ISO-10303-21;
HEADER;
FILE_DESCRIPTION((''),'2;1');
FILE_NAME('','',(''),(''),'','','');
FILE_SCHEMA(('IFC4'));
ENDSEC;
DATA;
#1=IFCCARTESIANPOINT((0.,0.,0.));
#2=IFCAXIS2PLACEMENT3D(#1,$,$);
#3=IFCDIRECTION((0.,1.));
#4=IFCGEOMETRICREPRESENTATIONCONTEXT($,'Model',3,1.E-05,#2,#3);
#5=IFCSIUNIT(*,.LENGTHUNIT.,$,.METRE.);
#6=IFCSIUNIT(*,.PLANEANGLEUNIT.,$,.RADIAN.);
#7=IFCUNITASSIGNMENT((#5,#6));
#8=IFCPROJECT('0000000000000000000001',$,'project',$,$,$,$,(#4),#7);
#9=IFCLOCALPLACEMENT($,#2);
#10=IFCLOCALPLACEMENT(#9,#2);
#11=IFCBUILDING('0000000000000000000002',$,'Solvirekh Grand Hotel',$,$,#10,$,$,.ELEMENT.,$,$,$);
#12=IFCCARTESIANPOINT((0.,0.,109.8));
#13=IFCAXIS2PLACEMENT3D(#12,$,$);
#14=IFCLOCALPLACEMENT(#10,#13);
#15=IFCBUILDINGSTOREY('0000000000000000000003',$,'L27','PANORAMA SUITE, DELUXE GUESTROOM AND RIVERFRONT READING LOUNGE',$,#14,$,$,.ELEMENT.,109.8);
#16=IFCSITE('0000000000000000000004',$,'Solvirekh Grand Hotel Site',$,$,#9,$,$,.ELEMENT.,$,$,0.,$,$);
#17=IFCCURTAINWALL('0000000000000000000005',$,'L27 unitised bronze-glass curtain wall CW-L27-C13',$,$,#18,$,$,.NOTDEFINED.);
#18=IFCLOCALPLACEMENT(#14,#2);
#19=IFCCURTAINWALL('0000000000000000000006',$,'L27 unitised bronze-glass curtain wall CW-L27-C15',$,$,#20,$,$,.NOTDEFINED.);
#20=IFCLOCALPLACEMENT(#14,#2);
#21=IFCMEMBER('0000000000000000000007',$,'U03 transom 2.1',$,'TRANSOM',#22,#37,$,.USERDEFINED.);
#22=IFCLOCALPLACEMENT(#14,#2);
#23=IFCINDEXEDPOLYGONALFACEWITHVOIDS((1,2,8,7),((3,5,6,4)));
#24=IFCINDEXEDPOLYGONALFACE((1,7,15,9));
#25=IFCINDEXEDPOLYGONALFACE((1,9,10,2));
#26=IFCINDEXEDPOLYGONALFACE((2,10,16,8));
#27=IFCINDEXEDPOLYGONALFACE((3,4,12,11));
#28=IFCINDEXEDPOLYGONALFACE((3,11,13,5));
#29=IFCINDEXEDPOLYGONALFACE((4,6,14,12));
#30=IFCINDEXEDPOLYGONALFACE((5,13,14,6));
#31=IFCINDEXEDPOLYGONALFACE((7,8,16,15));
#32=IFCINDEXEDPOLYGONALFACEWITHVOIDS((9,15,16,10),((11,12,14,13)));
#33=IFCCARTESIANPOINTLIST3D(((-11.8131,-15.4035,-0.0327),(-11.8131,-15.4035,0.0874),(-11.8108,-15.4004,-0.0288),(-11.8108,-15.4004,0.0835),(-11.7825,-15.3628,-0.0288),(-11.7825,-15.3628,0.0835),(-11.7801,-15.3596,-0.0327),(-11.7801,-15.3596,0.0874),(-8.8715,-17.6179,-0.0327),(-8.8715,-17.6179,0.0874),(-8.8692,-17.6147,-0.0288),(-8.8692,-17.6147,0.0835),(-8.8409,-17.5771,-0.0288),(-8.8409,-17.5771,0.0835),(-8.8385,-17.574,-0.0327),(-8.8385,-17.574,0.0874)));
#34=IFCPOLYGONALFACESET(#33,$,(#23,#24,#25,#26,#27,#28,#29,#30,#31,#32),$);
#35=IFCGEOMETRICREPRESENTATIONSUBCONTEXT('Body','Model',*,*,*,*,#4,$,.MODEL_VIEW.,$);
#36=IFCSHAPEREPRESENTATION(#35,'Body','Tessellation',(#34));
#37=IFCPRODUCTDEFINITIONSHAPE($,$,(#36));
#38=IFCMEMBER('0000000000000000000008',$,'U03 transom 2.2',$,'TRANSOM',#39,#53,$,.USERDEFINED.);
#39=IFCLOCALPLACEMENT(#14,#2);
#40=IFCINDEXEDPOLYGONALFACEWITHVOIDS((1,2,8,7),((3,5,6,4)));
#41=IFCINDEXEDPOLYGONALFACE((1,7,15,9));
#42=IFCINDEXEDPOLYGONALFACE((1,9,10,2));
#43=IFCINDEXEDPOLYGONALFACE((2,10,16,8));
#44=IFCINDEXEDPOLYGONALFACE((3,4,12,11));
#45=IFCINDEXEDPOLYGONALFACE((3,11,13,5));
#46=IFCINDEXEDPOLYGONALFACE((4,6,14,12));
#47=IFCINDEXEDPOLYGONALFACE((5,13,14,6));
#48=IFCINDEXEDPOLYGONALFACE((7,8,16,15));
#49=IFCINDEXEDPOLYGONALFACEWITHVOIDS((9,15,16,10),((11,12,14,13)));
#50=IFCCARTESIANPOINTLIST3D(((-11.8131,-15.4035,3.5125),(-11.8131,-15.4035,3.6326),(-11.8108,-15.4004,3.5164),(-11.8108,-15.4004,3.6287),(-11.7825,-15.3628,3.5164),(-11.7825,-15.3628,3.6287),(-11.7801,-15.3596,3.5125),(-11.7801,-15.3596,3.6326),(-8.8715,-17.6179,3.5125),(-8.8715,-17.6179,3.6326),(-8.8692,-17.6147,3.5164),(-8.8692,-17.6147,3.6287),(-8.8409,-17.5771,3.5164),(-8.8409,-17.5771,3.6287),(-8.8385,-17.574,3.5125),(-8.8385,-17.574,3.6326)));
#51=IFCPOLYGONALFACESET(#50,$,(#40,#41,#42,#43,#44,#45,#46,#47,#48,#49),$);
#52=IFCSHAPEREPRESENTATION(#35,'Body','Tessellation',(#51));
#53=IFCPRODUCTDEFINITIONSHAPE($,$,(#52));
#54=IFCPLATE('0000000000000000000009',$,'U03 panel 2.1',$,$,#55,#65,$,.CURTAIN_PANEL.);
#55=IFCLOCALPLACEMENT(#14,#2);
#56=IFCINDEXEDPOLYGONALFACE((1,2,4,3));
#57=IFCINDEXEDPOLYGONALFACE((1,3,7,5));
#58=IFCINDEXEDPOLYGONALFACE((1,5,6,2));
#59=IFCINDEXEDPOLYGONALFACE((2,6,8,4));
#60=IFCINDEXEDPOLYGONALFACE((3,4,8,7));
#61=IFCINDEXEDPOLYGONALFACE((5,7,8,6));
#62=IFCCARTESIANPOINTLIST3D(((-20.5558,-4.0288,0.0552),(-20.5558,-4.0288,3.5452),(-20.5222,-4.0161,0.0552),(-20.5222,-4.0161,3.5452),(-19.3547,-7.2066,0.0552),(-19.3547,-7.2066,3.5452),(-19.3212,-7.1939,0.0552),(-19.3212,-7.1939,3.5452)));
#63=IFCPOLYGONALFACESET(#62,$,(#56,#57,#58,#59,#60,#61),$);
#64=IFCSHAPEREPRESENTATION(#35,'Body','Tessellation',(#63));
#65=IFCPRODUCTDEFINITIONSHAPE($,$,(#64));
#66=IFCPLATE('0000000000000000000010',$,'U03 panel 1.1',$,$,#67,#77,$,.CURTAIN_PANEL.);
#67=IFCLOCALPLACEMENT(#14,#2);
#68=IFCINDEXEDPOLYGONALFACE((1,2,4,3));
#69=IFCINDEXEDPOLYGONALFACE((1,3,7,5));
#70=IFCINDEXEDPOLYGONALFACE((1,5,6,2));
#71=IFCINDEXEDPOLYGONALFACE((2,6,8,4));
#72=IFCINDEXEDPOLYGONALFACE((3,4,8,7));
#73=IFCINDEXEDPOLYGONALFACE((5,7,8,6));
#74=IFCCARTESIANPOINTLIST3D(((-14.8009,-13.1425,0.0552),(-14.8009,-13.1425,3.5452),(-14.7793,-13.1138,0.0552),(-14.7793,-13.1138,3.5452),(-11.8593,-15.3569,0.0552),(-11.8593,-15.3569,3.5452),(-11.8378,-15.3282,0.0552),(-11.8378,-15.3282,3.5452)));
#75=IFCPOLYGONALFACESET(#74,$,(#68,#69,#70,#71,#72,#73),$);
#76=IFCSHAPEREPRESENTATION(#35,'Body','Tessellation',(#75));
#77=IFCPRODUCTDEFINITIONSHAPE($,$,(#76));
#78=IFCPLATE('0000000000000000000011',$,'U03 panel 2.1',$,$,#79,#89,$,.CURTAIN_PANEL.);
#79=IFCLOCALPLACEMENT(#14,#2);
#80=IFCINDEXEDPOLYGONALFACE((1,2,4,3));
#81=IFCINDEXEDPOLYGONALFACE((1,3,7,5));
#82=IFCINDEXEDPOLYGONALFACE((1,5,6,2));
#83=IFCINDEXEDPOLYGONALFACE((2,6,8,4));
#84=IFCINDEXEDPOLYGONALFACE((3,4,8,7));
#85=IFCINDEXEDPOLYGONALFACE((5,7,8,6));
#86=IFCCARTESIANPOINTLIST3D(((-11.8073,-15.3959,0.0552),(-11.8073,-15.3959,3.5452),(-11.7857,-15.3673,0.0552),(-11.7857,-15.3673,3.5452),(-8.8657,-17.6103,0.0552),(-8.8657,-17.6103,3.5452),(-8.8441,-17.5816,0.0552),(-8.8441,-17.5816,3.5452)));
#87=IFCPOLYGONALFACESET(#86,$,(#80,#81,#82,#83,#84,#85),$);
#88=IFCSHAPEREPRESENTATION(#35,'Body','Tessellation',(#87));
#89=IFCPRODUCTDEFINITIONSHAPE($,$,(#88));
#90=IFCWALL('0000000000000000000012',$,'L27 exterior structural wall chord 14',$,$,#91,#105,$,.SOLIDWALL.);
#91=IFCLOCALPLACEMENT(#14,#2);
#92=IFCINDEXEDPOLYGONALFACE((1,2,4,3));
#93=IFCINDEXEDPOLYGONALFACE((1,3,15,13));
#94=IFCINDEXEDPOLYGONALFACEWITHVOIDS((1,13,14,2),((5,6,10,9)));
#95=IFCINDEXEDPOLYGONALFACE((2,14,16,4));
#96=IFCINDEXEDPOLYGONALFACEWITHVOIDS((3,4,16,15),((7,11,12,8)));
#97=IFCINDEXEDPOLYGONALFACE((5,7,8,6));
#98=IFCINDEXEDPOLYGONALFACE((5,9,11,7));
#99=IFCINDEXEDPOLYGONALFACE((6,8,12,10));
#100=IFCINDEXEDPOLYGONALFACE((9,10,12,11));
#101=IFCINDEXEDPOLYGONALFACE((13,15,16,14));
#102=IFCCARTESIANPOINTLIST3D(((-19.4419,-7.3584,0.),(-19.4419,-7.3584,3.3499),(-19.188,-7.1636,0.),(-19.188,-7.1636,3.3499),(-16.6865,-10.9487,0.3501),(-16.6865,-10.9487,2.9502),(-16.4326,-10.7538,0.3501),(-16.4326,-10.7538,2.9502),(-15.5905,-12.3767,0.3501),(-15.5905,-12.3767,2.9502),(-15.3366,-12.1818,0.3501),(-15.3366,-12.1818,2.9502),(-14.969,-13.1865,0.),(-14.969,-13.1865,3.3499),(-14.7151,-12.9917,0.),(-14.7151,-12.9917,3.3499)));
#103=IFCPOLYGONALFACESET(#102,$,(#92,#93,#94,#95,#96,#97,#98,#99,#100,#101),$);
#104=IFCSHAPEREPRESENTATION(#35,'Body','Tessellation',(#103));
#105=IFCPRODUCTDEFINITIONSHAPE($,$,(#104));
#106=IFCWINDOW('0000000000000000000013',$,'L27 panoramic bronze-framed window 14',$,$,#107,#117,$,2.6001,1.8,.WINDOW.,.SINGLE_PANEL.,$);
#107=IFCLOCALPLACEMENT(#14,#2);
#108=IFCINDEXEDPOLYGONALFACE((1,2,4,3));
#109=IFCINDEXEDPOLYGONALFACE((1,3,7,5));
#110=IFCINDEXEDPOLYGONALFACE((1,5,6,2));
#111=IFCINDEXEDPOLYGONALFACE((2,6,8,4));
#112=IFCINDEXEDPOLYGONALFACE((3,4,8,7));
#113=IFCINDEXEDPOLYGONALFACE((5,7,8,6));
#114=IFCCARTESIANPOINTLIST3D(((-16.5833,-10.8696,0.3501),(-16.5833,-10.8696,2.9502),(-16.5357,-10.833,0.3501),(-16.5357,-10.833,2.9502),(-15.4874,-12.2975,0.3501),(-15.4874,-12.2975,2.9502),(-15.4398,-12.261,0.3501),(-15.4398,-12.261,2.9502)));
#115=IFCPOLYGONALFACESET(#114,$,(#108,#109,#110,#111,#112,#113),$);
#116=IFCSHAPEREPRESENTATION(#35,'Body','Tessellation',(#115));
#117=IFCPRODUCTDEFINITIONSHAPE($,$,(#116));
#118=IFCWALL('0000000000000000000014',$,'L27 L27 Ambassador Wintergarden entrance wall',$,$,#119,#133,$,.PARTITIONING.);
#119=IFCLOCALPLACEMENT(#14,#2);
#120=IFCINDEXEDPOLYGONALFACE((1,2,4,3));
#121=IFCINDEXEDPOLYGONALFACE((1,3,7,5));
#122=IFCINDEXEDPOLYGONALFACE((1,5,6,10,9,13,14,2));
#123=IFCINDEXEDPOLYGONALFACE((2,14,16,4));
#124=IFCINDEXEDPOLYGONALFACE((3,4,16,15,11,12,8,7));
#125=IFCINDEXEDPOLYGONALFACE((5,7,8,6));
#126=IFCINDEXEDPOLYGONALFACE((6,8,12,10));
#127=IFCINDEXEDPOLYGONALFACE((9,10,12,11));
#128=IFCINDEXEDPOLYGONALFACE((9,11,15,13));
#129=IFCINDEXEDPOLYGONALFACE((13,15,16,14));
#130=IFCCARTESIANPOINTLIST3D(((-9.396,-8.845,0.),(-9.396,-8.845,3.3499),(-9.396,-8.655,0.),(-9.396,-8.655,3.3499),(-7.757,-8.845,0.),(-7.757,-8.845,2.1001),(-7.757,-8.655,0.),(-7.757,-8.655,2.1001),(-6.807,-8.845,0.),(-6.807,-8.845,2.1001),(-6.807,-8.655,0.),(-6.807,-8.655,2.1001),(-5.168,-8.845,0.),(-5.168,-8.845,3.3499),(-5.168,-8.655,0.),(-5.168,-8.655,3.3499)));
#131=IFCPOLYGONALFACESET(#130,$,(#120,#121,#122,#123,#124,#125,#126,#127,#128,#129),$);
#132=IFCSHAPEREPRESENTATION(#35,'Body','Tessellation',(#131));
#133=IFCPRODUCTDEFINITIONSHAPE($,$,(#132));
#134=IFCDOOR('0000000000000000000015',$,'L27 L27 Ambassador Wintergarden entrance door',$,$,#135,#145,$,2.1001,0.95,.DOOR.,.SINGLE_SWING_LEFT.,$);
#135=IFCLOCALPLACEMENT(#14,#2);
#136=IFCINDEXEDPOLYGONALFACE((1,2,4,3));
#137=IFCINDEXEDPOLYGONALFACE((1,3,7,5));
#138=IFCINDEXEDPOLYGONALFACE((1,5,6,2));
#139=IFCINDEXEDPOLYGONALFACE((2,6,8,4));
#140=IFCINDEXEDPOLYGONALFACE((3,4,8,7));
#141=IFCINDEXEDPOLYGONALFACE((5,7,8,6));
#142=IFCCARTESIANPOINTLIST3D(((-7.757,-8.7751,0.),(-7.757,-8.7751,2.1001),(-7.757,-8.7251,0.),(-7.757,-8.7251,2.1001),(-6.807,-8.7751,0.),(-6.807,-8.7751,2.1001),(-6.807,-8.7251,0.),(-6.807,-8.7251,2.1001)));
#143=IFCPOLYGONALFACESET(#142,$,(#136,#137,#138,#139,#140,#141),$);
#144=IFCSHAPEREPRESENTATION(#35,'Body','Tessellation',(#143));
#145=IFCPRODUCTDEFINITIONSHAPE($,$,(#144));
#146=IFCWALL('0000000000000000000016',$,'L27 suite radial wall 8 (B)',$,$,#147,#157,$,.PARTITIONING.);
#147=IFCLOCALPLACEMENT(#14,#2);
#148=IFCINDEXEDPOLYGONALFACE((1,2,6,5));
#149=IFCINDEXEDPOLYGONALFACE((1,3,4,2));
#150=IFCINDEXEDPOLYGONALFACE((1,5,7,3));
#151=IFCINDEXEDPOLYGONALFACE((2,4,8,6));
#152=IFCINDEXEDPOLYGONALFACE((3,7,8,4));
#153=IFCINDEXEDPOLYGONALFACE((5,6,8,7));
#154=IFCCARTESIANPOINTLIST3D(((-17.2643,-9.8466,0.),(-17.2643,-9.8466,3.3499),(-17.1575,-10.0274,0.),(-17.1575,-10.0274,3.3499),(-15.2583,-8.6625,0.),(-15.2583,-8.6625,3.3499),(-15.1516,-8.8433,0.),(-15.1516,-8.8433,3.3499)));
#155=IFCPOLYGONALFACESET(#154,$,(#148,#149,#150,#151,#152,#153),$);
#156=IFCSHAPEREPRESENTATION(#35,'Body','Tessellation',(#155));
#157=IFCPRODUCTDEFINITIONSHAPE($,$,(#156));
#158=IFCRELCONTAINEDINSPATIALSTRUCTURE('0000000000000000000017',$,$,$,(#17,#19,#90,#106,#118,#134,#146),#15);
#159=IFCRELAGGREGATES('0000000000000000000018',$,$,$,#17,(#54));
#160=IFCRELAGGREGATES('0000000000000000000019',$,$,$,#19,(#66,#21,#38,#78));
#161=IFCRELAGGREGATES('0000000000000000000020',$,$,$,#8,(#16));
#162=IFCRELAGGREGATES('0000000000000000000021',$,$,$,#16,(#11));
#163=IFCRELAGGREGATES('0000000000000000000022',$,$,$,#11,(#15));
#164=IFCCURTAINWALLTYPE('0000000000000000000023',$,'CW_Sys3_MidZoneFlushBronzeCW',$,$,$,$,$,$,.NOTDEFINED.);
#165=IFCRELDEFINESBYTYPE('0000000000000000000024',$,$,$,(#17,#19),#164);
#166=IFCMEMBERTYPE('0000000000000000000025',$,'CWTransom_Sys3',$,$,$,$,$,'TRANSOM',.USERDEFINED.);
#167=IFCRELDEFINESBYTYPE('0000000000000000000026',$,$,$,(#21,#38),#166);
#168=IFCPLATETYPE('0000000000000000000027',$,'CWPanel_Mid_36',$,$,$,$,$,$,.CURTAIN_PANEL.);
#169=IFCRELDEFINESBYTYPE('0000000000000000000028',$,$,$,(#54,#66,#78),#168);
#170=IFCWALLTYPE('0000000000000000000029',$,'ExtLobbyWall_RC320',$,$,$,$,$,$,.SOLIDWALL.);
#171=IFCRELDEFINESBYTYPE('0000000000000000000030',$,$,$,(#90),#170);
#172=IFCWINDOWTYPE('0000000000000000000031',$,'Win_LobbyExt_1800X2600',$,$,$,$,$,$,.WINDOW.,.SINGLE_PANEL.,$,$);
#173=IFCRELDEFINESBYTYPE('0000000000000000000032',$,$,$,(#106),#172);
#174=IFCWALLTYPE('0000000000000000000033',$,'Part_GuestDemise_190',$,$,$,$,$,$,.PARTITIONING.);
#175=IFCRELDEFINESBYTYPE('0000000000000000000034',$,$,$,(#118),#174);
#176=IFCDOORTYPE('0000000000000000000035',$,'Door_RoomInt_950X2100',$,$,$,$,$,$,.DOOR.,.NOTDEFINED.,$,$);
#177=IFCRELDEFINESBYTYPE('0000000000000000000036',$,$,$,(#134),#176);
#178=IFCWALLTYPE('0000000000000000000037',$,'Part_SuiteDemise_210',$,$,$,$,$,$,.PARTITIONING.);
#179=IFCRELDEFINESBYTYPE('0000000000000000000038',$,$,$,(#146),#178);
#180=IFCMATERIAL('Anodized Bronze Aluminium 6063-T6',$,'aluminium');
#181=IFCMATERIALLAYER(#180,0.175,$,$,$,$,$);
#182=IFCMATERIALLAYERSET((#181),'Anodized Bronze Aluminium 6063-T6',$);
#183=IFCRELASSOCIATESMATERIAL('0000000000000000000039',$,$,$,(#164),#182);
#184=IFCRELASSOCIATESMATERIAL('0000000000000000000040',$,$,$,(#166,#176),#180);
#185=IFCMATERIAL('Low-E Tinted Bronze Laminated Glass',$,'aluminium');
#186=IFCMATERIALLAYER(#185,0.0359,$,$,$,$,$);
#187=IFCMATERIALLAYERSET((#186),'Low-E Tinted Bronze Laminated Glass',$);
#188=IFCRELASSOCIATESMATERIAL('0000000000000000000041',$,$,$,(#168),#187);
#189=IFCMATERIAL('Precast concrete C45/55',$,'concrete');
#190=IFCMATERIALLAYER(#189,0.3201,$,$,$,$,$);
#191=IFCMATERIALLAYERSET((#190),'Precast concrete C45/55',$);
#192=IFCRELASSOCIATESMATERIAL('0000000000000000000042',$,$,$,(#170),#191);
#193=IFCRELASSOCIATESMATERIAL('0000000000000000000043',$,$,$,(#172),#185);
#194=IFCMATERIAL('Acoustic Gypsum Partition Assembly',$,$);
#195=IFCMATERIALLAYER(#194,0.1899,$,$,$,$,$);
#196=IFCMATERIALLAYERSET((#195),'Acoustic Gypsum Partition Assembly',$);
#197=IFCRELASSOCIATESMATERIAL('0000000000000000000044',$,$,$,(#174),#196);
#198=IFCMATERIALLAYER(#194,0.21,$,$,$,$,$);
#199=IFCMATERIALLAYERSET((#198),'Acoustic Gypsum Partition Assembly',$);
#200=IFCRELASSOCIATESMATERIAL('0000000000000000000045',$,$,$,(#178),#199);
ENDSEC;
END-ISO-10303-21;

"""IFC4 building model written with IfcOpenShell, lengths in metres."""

from ifc_helpers import new_model, si_unit, direction, frame, frame_2d, origin, origin_2d, place, context, subcontext, project, spatial, rectangle, hollow_rectangle, extrude, source, transform, mapped, material, layer, layer_set, material_profile, profile_set, type_object, element, fill, aggregate, save


model = new_model("IFC4")

# Units and contexts
model_context = context("Model", 3, precision=1e-05, world=origin(), true_north=direction((0.0, 1.0)))
body_context = subcontext(model_context, "Body", "Model", "MODEL_VIEW")
ifc_project = project(units=[si_unit("LENGTHUNIT", "METRE"), si_unit("PLANEANGLEUNIT", "RADIAN")], contexts=[model_context])

# Site, building, storey
site_placement = place(None, origin())
site = spatial("IfcSite", under=ifc_project, at=site_placement, Name="Solvirekh Grand Hotel Site", CompositionType="ELEMENT", RefElevation=0.0)
building_placement = place(site_placement, origin())
building = spatial("IfcBuilding", under=site, at=building_placement, Name="Solvirekh Grand Hotel", CompositionType="ELEMENT")
storey_placement = place(building_placement, frame((0.0, 0.0, 109.8)))
storey = spatial("IfcBuildingStorey", under=building, at=storey_placement, Name="L27", Description="PANORAMA SUITE, DELUXE GUESTROOM AND RIVERFRONT READING LOUNGE", CompositionType="ELEMENT", Elevation=109.8)

# Curtain wall
ifc_material_1 = material(Name="Anodized Bronze Aluminium 6063-T6", Category="aluminium")
ifc_layer_1 = layer(ifc_material_1, 0.175)
ifc_layer_set_1 = layer_set([ifc_layer_1], Name="Anodized Bronze Aluminium 6063-T6")
curtain_wall_type = type_object("IfcCurtainWallType", Name="CW_Sys3_MidZoneFlushBronzeCW", PredefinedType="NOTDEFINED", material=ifc_layer_set_1)
curtain_wall_1_placement = place(storey_placement, origin())
curtain_wall_1 = element("IfcCurtainWall", 1, at=curtain_wall_1_placement, inside=storey, type_object=curtain_wall_type, Name="L27 unitised bronze-glass curtain wall CW-L27-C13", PredefinedType="NOTDEFINED")

# Curtain wall, members
curtain_wall_2_placement = place(storey_placement, origin())
curtain_wall_2 = element("IfcCurtainWall", 2, at=curtain_wall_2_placement, inside=storey, type_object=curtain_wall_type, Name="L27 unitised bronze-glass curtain wall CW-L27-C15", PredefinedType="NOTDEFINED")
ifc_material_profile_1 = material_profile(ifc_material_1, hollow_rectangle(XDim=0.0549, YDim=0.1201, WallThickness=0.0039, at=origin_2d()), Name="ALU RHS 120X55X4")
ifc_profile_set_1 = profile_set([ifc_material_profile_1], Name="Anodized Bronze Aluminium 6063-T6")
member_type_1 = type_object("IfcMemberType", Name="CWTransom_Sys3", ElementType="TRANSOM", PredefinedType="USERDEFINED", material=ifc_profile_set_1)
shared_shape_1 = source(origin(), body_context, "Body", "SweptSolid", [
    extrude(hollow_rectangle(XDim=0.0549, YDim=0.1201, WallThickness=0.0039, at=origin_2d()), origin(), (0.0, 0.0, 1.0), 3.6819),
])
member_1_placement = place(storey_placement, frame((-11.7966, -15.3816, 0.0273), z_axis=(0.79894, -0.60141, 0.0), x_axis=(0.60141, 0.79894, 0.0)))
member_1 = element("IfcMember", 3, at=member_1_placement, type_object=member_type_1, Name="U03 transom 2.1", ObjectType="TRANSOM", PredefinedType="USERDEFINED", context=body_context, shape_type="MappedRepresentation", body=[
    mapped(shared_shape_1, transform((0.0, 0.0, 0.0), x_axis=(1.0, 0.0, 0.0), y_axis=(0.0, 1.0, 0.0), z_axis=(0.0, 0.0, 1.0), scale=1.0)),
])
member_2_placement = place(storey_placement, frame((-11.7966, -15.3816, 3.5725), z_axis=(0.79894, -0.60141, 0.0), x_axis=(0.60141, 0.79894, 0.0)))
member_2 = element("IfcMember", 4, at=member_2_placement, type_object=member_type_1, Name="U03 transom 2.2", ObjectType="TRANSOM", PredefinedType="USERDEFINED", context=body_context, shape_type="MappedRepresentation", body=[
    mapped(shared_shape_1, transform((0.0, 0.0, 0.0), x_axis=(1.0, 0.0, 0.0), y_axis=(0.0, 1.0, 0.0), z_axis=(0.0, 0.0, 1.0), scale=1.0)),
])

# Plates
ifc_material_2 = material(Name="Low-E Tinted Bronze Laminated Glass", Category="aluminium")
ifc_layer_2 = layer(ifc_material_2, 0.0359)
ifc_layer_set_2 = layer_set([ifc_layer_2], Name="Low-E Tinted Bronze Laminated Glass")
plate_type = type_object("IfcPlateType", Name="CWPanel_Mid_36", PredefinedType="CURTAIN_PANEL", material=ifc_layer_set_2)
shared_shape_2 = source(origin(), body_context, "Body", "SweptSolid", [
    extrude(rectangle(XDim=3.3972, YDim=0.0359, at=origin_2d()), origin(), (0.0, 0.0, 1.0), 3.49),
])
plate_1_placement = place(storey_placement, frame((-19.9385, -5.6113, 0.0552), z_axis=(0.0, 0.0, 1.0), x_axis=(0.353537, -0.935421, 0.0)))
plate_1 = element("IfcPlate", 5, at=plate_1_placement, type_object=plate_type, Name="U03 panel 2.1", PredefinedType="CURTAIN_PANEL", context=body_context, shape_type="MappedRepresentation", body=[
    mapped(shared_shape_2, transform((0.0, 0.0, 0.0), x_axis=(1.0, 0.0, 0.0), y_axis=(0.0, 1.0, 0.0), z_axis=(0.0, 0.0, 1.0), scale=1.0)),
])
aggregate(curtain_wall_1, [plate_1])
shared_shape_3 = source(origin(), body_context, "Body", "SweptSolid", [
    extrude(rectangle(XDim=3.6819, YDim=0.0359, at=origin_2d()), origin(), (0.0, 0.0, 1.0), 3.49),
])
plate_2_placement = place(storey_placement, frame((-13.3193, -14.2354, 0.0552), z_axis=(0.0, 0.0, 1.0), x_axis=(0.798935, -0.601417, 0.0)))
plate_2 = element("IfcPlate", 6, at=plate_2_placement, type_object=plate_type, Name="U03 panel 1.1", PredefinedType="CURTAIN_PANEL", context=body_context, shape_type="MappedRepresentation", body=[
    mapped(shared_shape_3, transform((0.0, 0.0, 0.0), x_axis=(1.0, 0.0, 0.0), y_axis=(0.0, 1.0, 0.0), z_axis=(0.0, 0.0, 1.0), scale=1.0)),
])
plate_3_placement = place(storey_placement, frame((-10.3257, -16.4888, 0.0552), z_axis=(0.0, 0.0, 1.0), x_axis=(0.798935, -0.601417, 0.0)))
plate_3 = element("IfcPlate", 7, at=plate_3_placement, type_object=plate_type, Name="U03 panel 2.1", PredefinedType="CURTAIN_PANEL", context=body_context, shape_type="MappedRepresentation", body=[
    mapped(shared_shape_3, transform((0.0, 0.0, 0.0), x_axis=(1.0, 0.0, 0.0), y_axis=(0.0, 1.0, 0.0), z_axis=(0.0, 0.0, 1.0), scale=1.0)),
])
aggregate(curtain_wall_2, [plate_2, member_1, member_2, plate_3])

# Wall, opening, window
ifc_material_3 = material(Name="Precast concrete C45/55", Category="concrete")
ifc_layer_3 = layer(ifc_material_3, 0.3201)
ifc_layer_set_3 = layer_set([ifc_layer_3], Name="Precast concrete C45/55")
wall_type_1 = type_object("IfcWallType", Name="ExtLobbyWall_RC320", PredefinedType="SOLIDWALL", material=ifc_layer_set_3)
wall_1_placement = place(storey_placement, frame((-14.842, -13.0891, 0.0), z_axis=(0.0, 0.0, 1.0), x_axis=(-0.608832, 0.793299, 0.0)))
wall_1 = element("IfcWall", 8, at=wall_1_placement, inside=storey, type_object=wall_type_1, Name="L27 exterior structural wall chord 14", PredefinedType="SOLIDWALL", context=body_context, shape_type="SweptSolid", body=[
    extrude(rectangle(XDim=7.3467, YDim=0.3201, at=frame_2d((3.6733, 0.0))), origin(), (0.0, 0.0, 1.0), 3.3499),
])
opening_1_placement = place(wall_1_placement, frame((1.021, 0.0, 0.3501)))
opening_1 = element("IfcOpeningElement", 9, at=opening_1_placement, cuts=wall_1, PredefinedType="OPENING", context=body_context, shape_type="SweptSolid", body=[
    extrude(rectangle(XDim=1.8, YDim=2.6001, at=frame_2d((0.8999, 1.3))), frame((0.0, 0.1699, 0.0), z_axis=(0.0, -1.0, 0.0), x_axis=(1.0, 0.0, 0.0)), (0.0, 0.0, 1.0), 0.3401),
])
window_type = type_object("IfcWindowType", Name="Win_LobbyExt_1800X2600", PartitioningType="SINGLE_PANEL", PredefinedType="WINDOW", material=ifc_material_2)
window_placement = place(opening_1_placement, origin())
window = element("IfcWindow", 10, at=window_placement, inside=storey, type_object=window_type, Name="L27 panoramic bronze-framed window 14", OverallHeight=2.6001, OverallWidth=1.8, PartitioningType="SINGLE_PANEL", PredefinedType="WINDOW", context=body_context, shape_type="SweptSolid", body=[
    extrude(rectangle(XDim=1.8, YDim=2.6001, at=frame_2d((0.8999, 1.3))), frame((0.0, 0.03, 0.0), z_axis=(0.0, -1.0, 0.0), x_axis=(1.0, 0.0, 0.0)), (0.0, 0.0, 1.0), 0.0601),
])
fill(opening_1, window)

# Wall, opening, door
ifc_material_4 = material(Name="Acoustic Gypsum Partition Assembly")
ifc_layer_4 = layer(ifc_material_4, 0.1899)
ifc_layer_set_4 = layer_set([ifc_layer_4], Name="Acoustic Gypsum Partition Assembly")
wall_type_2 = type_object("IfcWallType", Name="Part_GuestDemise_190", PredefinedType="PARTITIONING", material=ifc_layer_set_4)
wall_2_placement = place(storey_placement, frame((-9.396, -8.75, 0.0), z_axis=(0.0, 0.0, 1.0), x_axis=(1.0, 0.0, 0.0)))
wall_2 = element("IfcWall", 11, at=wall_2_placement, inside=storey, type_object=wall_type_2, Name="L27 L27 Ambassador Wintergarden entrance wall", PredefinedType="PARTITIONING", context=body_context, shape_type="SweptSolid", body=[
    extrude(rectangle(XDim=4.228, YDim=0.1899, at=frame_2d((2.114, 0.0))), origin(), (0.0, 0.0, 1.0), 3.3499),
])
opening_2_placement = place(wall_2_placement, frame((1.6389, 0.0, 0.0)))
opening_2 = element("IfcOpeningElement", 12, at=opening_2_placement, cuts=wall_2, PredefinedType="OPENING", context=body_context, shape_type="SweptSolid", body=[
    extrude(rectangle(XDim=0.95, YDim=2.1001, at=frame_2d((0.4751, 1.05))), frame((0.0, 0.105, 0.0), z_axis=(0.0, -1.0, 0.0), x_axis=(1.0, 0.0, 0.0)), (0.0, 0.0, 1.0), 0.21),
])
door_type = type_object("IfcDoorType", Name="Door_RoomInt_950X2100", OperationType="NOTDEFINED", PredefinedType="DOOR", material=ifc_material_1)
door_placement = place(opening_2_placement, origin())
door = element("IfcDoor", 13, at=door_placement, inside=storey, type_object=door_type, Name="L27 L27 Ambassador Wintergarden entrance door", OperationType="SINGLE_SWING_LEFT", OverallHeight=2.1001, OverallWidth=0.95, PredefinedType="DOOR", context=body_context, shape_type="SweptSolid", body=[
    extrude(rectangle(XDim=0.95, YDim=2.1001, at=frame_2d((0.4751, 1.05))), frame((0.0, 0.0249, 0.0), z_axis=(0.0, -1.0, 0.0), x_axis=(1.0, 0.0, 0.0)), (0.0, 0.0, 1.0), 0.05),
])
fill(opening_2, door)

# Wall
ifc_layer_5 = layer(ifc_material_4, 0.21)
ifc_layer_set_5 = layer_set([ifc_layer_5], Name="Acoustic Gypsum Partition Assembly")
wall_type_3 = type_object("IfcWallType", Name="Part_SuiteDemise_210", PredefinedType="PARTITIONING", material=ifc_layer_set_5)
wall_3_placement = place(storey_placement, frame((-15.2051, -8.7529, 0.0), z_axis=(0.0, 0.0, 1.0), x_axis=(-0.861152, -0.508348, 0.0)))
element("IfcWall", 14, at=wall_3_placement, inside=storey, type_object=wall_type_3, Name="L27 suite radial wall 8 (B)", PredefinedType="PARTITIONING", context=body_context, shape_type="SweptSolid", body=[
    extrude(rectangle(XDim=2.3293, YDim=0.21, at=frame_2d((1.1646, 0.0))), origin(), (0.0, 0.0, 1.0), 3.3499),
])

save(model, "model.ifc")
